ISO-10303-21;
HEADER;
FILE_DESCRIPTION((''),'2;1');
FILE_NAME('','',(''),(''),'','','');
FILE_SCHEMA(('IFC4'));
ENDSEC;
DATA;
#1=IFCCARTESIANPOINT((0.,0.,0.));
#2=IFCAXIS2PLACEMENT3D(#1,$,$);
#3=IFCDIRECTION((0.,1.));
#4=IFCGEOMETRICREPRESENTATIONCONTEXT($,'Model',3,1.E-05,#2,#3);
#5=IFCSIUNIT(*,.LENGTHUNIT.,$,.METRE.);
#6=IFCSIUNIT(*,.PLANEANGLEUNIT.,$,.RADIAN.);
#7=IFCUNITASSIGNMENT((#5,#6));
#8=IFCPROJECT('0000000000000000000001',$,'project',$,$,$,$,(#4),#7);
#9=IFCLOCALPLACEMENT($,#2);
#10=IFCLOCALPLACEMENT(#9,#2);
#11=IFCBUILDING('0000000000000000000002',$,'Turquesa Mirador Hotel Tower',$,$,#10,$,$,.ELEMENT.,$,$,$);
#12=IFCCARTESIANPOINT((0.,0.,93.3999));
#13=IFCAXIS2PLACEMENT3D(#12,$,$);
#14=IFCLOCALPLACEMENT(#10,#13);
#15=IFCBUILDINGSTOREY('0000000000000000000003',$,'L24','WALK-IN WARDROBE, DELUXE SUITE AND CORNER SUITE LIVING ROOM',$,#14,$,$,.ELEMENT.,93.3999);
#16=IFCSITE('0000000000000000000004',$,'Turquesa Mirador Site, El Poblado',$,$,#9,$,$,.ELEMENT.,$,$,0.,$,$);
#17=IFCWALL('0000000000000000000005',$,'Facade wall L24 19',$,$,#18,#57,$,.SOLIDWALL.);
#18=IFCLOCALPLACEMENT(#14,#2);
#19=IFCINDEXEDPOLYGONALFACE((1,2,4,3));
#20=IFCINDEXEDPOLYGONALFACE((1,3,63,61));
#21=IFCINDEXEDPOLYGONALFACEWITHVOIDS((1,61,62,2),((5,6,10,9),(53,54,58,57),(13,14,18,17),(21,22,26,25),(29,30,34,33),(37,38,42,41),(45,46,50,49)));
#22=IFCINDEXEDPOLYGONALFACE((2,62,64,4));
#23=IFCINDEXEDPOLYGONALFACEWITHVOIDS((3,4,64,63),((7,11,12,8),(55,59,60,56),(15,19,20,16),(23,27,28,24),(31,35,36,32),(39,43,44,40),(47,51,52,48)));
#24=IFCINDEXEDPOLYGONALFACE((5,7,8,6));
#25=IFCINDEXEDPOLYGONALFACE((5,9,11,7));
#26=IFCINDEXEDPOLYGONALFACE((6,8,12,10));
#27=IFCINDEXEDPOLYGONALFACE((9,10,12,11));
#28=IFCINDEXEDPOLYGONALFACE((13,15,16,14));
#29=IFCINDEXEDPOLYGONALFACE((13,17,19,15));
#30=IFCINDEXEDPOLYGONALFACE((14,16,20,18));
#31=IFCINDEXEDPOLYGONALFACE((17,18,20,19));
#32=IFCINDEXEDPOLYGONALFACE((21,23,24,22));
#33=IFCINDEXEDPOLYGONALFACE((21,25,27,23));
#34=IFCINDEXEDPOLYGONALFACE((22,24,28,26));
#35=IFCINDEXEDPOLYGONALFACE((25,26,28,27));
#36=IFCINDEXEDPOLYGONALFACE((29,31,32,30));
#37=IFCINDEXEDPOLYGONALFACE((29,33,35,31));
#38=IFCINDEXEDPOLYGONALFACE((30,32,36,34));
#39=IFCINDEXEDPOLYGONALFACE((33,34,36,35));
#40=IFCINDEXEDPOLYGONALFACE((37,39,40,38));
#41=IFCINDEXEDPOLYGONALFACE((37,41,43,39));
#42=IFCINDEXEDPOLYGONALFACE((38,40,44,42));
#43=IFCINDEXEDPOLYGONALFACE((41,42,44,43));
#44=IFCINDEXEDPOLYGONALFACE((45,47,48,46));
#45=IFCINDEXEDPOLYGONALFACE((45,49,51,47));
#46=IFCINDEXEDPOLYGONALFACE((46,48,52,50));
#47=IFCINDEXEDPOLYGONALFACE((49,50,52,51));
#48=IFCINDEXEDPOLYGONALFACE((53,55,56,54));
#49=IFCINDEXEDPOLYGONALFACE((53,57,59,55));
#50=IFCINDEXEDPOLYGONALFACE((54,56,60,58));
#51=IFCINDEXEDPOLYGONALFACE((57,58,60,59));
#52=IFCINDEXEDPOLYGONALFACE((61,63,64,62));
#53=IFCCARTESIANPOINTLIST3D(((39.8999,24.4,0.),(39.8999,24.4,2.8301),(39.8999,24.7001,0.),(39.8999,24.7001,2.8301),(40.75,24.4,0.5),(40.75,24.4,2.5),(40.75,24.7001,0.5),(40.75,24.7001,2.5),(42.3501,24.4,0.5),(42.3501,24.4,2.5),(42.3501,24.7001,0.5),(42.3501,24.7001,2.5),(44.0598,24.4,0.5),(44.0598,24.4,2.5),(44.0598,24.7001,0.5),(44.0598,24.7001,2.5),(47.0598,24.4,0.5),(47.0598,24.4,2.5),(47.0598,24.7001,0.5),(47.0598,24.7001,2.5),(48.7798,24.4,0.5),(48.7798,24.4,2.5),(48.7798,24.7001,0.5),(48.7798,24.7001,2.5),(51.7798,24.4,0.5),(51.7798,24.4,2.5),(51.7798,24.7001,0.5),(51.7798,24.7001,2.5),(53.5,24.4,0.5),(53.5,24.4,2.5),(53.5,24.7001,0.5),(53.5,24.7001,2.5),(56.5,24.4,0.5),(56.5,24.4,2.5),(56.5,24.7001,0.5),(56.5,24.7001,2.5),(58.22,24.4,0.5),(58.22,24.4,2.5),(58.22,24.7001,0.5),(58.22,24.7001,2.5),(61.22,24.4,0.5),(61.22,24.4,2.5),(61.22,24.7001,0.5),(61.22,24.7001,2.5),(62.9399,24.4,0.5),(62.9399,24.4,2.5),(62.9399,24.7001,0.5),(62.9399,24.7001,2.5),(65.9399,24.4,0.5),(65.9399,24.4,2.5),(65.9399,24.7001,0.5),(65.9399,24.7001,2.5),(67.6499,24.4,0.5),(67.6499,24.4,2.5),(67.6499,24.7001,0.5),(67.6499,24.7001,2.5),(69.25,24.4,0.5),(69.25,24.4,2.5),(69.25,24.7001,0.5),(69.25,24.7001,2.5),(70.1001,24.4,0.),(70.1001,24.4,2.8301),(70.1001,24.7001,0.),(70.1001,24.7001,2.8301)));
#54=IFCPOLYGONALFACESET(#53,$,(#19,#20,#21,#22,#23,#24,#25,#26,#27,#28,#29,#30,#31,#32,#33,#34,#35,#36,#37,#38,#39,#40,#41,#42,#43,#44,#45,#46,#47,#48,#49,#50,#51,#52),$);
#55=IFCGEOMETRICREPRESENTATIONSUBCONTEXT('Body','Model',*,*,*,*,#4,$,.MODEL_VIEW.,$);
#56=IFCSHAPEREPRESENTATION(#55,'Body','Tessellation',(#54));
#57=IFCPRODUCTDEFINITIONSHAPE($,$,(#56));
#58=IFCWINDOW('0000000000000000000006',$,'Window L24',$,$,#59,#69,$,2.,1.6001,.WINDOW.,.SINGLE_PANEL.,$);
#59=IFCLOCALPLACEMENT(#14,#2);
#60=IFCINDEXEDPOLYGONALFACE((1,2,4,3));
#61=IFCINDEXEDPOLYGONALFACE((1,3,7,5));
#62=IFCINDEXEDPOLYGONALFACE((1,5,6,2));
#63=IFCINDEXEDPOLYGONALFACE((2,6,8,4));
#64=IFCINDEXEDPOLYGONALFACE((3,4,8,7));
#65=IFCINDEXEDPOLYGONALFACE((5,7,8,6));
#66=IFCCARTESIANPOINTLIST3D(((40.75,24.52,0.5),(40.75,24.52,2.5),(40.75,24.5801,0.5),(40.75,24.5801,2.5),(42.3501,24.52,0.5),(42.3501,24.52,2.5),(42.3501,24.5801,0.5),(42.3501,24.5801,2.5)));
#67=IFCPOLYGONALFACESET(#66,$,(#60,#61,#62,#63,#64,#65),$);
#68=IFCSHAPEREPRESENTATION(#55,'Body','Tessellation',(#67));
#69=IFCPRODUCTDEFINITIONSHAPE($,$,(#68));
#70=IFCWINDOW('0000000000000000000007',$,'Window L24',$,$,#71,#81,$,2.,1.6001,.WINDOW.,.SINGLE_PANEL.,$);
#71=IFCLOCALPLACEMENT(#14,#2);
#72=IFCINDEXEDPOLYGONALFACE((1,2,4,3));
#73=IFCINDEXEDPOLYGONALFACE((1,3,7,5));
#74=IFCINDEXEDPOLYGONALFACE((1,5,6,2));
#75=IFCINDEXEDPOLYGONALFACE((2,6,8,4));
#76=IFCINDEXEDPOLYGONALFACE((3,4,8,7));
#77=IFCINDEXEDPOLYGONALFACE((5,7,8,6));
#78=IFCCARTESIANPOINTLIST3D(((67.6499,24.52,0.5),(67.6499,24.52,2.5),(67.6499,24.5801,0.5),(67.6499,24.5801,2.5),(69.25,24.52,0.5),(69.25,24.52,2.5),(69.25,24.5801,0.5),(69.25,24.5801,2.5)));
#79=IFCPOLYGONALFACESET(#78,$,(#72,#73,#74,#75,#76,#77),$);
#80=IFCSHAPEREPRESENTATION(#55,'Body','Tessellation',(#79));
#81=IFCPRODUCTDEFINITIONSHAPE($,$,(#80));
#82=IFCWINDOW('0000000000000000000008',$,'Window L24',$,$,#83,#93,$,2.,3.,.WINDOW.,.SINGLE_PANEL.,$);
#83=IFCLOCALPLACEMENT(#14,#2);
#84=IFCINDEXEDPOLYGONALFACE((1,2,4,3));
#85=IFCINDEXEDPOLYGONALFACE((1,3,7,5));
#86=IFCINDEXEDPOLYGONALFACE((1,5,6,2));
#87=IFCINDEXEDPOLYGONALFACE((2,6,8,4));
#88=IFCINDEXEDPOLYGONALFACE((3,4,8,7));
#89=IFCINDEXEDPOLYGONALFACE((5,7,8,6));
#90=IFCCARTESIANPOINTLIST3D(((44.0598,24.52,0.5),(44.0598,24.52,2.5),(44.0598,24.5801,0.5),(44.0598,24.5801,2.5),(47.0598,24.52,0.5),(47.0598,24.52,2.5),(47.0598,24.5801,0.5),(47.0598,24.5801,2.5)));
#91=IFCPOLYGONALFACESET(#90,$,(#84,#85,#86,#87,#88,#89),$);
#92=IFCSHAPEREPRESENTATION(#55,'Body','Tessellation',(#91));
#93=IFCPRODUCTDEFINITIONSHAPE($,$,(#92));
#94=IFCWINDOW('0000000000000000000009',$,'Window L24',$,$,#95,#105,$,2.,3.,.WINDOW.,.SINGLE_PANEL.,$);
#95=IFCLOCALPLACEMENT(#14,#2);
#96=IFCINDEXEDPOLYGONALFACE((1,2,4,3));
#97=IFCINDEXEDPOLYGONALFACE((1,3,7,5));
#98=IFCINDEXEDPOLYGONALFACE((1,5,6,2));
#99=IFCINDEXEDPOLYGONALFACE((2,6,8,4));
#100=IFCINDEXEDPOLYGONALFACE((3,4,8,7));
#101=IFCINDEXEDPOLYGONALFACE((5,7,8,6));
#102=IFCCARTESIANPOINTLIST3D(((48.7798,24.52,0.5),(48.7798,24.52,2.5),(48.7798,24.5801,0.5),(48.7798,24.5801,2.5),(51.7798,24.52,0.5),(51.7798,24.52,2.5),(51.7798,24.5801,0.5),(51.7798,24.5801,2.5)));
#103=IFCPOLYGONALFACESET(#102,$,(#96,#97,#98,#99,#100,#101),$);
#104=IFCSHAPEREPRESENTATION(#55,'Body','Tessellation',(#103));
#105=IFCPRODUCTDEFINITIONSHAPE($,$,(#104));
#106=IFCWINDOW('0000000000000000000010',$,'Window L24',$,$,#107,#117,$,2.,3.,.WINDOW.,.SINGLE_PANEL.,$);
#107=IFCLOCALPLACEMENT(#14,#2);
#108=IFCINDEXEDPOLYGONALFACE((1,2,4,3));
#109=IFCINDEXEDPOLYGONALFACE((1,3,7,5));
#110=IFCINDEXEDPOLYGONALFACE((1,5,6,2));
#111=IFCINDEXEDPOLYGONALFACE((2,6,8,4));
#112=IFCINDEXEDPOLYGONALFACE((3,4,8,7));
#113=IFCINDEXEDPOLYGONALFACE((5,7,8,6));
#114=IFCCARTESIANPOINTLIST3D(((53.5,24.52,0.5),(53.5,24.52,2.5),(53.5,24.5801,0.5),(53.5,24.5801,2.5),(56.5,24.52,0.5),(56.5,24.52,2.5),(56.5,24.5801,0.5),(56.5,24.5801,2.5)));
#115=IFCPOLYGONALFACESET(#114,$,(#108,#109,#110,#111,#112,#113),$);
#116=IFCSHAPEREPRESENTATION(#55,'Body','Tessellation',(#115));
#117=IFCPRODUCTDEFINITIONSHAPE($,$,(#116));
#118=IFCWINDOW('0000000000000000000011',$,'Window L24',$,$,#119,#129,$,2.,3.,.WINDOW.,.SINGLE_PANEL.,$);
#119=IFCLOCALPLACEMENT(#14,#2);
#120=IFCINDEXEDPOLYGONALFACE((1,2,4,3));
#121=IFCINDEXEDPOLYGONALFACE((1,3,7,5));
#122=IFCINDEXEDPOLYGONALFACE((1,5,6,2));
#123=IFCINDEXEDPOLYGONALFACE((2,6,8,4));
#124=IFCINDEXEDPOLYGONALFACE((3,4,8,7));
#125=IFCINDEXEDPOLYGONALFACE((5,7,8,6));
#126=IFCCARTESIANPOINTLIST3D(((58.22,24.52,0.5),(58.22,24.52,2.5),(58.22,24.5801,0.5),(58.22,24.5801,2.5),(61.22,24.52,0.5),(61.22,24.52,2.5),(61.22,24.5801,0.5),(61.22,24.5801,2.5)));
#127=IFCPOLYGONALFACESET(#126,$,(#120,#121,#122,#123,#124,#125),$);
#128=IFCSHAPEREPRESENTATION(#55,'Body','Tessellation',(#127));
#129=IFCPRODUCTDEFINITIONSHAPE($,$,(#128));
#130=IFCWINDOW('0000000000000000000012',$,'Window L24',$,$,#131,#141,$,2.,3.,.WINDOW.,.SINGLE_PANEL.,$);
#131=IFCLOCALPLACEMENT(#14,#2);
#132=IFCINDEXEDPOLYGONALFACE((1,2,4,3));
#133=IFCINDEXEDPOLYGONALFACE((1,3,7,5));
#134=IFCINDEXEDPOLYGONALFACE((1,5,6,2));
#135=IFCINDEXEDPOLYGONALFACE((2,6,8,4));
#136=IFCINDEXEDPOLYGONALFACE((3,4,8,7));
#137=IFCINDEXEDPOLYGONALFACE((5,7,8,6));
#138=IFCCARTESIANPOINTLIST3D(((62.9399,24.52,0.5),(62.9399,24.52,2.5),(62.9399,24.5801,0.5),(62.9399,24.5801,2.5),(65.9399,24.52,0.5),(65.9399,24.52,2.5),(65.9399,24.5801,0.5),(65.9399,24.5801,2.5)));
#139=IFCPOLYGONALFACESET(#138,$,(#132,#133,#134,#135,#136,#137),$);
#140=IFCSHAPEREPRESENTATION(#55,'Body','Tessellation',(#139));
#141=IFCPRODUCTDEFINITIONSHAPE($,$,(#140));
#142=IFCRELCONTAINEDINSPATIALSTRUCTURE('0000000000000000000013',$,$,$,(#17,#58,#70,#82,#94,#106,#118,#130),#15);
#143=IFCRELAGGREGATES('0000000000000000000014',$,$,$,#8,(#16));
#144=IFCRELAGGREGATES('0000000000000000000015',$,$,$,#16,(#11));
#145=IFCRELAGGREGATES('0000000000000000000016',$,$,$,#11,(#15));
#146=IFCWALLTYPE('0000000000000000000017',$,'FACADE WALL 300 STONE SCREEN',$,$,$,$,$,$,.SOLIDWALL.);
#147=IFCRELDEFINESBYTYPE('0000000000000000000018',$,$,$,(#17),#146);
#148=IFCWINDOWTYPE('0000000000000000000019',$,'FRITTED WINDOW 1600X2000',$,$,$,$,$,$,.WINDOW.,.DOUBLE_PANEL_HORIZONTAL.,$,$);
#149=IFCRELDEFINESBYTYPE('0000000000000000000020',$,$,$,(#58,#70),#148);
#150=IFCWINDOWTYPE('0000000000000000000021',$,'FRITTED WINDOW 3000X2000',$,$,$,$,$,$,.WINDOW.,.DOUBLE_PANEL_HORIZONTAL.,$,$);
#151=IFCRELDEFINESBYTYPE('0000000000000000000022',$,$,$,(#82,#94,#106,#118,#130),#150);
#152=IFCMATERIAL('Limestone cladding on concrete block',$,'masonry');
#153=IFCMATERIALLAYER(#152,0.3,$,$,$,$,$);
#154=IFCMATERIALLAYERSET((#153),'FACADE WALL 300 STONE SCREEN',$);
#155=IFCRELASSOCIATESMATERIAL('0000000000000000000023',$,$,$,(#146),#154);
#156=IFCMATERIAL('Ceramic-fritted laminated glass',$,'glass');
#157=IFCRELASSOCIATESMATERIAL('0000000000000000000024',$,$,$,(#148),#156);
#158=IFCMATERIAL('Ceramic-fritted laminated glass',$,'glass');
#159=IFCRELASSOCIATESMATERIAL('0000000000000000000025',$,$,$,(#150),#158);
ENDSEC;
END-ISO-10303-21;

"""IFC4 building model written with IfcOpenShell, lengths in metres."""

from ifc_helpers import new_model, si_unit, direction, frame, frame_2d, origin, place, context, subcontext, project, spatial, rectangle, extrude, material, layer, layer_set, type_object, element, fill, save


model = new_model("IFC4")

# Units and contexts
model_context = context("Model", 3, precision=1e-05, world=origin(), true_north=direction((0.0, 1.0)))
body_context = subcontext(model_context, "Body", "Model", "MODEL_VIEW")
ifc_project = project(units=[si_unit("LENGTHUNIT", "METRE"), si_unit("PLANEANGLEUNIT", "RADIAN")], contexts=[model_context])

# Site, building, storey
site_placement = place(None, origin())
site = spatial("IfcSite", under=ifc_project, at=site_placement, Name="Turquesa Mirador Site, El Poblado", CompositionType="ELEMENT", RefElevation=0.0)
building_placement = place(site_placement, origin())
building = spatial("IfcBuilding", under=site, at=building_placement, Name="Turquesa Mirador Hotel Tower", CompositionType="ELEMENT")
storey_placement = place(building_placement, frame((0.0, 0.0, 93.3999)))
storey = spatial("IfcBuildingStorey", under=building, at=storey_placement, Name="L24", Description="WALK-IN WARDROBE, DELUXE SUITE AND CORNER SUITE LIVING ROOM", CompositionType="ELEMENT", Elevation=93.3999)

# Shared definitions
ifc_material_1 = material(Name="Limestone cladding on concrete block", Category="masonry")
ifc_layer_1 = layer(ifc_material_1, 0.3)
ifc_layer_set_1 = layer_set([ifc_layer_1], Name="FACADE WALL 300 STONE SCREEN")
wall_type_1 = type_object("IfcWallType", Name="FACADE WALL 300 STONE SCREEN", PredefinedType="SOLIDWALL", material=ifc_layer_set_1)

# Wall, openings, windows
wall_1_placement = place(storey_placement, frame((39.8999, 24.55, 0.0), z_axis=(0.0, 0.0, 1.0), x_axis=(1.0, 0.0, 0.0)))
wall_1 = element("IfcWall", 1, at=wall_1_placement, inside=storey, type_object=wall_type_1, Name="Facade wall L24 19", PredefinedType="SOLIDWALL", context=body_context, shape_type="SweptSolid", body=[
    extrude(rectangle(XDim=30.2002, YDim=0.3, at=frame_2d((15.1001, 0.0))), origin(), (0.0, 0.0, 1.0), 2.8301),
])
opening_1_placement = place(wall_1_placement, frame((0.8501, 0.0, 0.5)))
opening_1 = element("IfcOpeningElement", 2, at=opening_1_placement, cuts=wall_1, PredefinedType="OPENING", context=body_context, shape_type="SweptSolid", body=[
    extrude(rectangle(XDim=1.6001, YDim=2.0, at=frame_2d((0.8, 1.0))), frame((0.0, 0.1599, 0.0), z_axis=(0.0, -1.0, 0.0), x_axis=(1.0, 0.0, 0.0)), (0.0, 0.0, 1.0), 0.3201),
])
opening_2_placement = place(wall_1_placement, frame((4.1599, 0.0, 0.5)))
opening_2 = element("IfcOpeningElement", 3, at=opening_2_placement, cuts=wall_1, PredefinedType="OPENING", context=body_context, shape_type="SweptSolid", body=[
    extrude(rectangle(XDim=3.0, YDim=2.0, at=frame_2d((1.5, 1.0))), frame((0.0, 0.1599, 0.0), z_axis=(0.0, -1.0, 0.0), x_axis=(1.0, 0.0, 0.0)), (0.0, 0.0, 1.0), 0.3201),
])
opening_3_placement = place(wall_1_placement, frame((8.8799, 0.0, 0.5)))
opening_3 = element("IfcOpeningElement", 4, at=opening_3_placement, cuts=wall_1, PredefinedType="OPENING", context=body_context, shape_type="SweptSolid", body=[
    extrude(rectangle(XDim=3.0, YDim=2.0, at=frame_2d((1.5, 1.0))), frame((0.0, 0.1599, 0.0), z_axis=(0.0, -1.0, 0.0), x_axis=(1.0, 0.0, 0.0)), (0.0, 0.0, 1.0), 0.3201),
])
opening_4_placement = place(wall_1_placement, frame((13.6001, 0.0, 0.5)))
opening_4 = element("IfcOpeningElement", 5, at=opening_4_placement, cuts=wall_1, PredefinedType="OPENING", context=body_context, shape_type="SweptSolid", body=[
    extrude(rectangle(XDim=3.0, YDim=2.0, at=frame_2d((1.5, 1.0))), frame((0.0, 0.1599, 0.0), z_axis=(0.0, -1.0, 0.0), x_axis=(1.0, 0.0, 0.0)), (0.0, 0.0, 1.0), 0.3201),
])
opening_5_placement = place(wall_1_placement, frame((18.3201, 0.0, 0.5)))
opening_5 = element("IfcOpeningElement", 6, at=opening_5_placement, cuts=wall_1, PredefinedType="OPENING", context=body_context, shape_type="SweptSolid", body=[
    extrude(rectangle(XDim=3.0, YDim=2.0, at=frame_2d((1.5, 1.0))), frame((0.0, 0.1599, 0.0), z_axis=(0.0, -1.0, 0.0), x_axis=(1.0, 0.0, 0.0)), (0.0, 0.0, 1.0), 0.3201),
])
opening_6_placement = place(wall_1_placement, frame((23.04, 0.0, 0.5)))
opening_6 = element("IfcOpeningElement", 7, at=opening_6_placement, cuts=wall_1, PredefinedType="OPENING", context=body_context, shape_type="SweptSolid", body=[
    extrude(rectangle(XDim=3.0, YDim=2.0, at=frame_2d((1.5, 1.0))), frame((0.0, 0.1599, 0.0), z_axis=(0.0, -1.0, 0.0), x_axis=(1.0, 0.0, 0.0)), (0.0, 0.0, 1.0), 0.3201),
])
opening_7_placement = place(wall_1_placement, frame((27.75, 0.0, 0.5)))
opening_7 = element("IfcOpeningElement", 8, at=opening_7_placement, cuts=wall_1, PredefinedType="OPENING", context=body_context, shape_type="SweptSolid", body=[
    extrude(rectangle(XDim=1.6001, YDim=2.0, at=frame_2d((0.8, 1.0))), frame((0.0, 0.1599, 0.0), z_axis=(0.0, -1.0, 0.0), x_axis=(1.0, 0.0, 0.0)), (0.0, 0.0, 1.0), 0.3201),
])
ifc_material_2 = material(Name="Ceramic-fritted laminated glass", Category="glass")
window_type_1 = type_object("IfcWindowType", Name="FRITTED WINDOW 1600X2000", PartitioningType="DOUBLE_PANEL_HORIZONTAL", PredefinedType="WINDOW", material=ifc_material_2)
window_1_placement = place(opening_1_placement, origin())
window_1 = element("IfcWindow", 9, at=window_1_placement, inside=storey, type_object=window_type_1, Name="Window L24", OverallHeight=2.0, OverallWidth=1.6001, PartitioningType="SINGLE_PANEL", PredefinedType="WINDOW", context=body_context, shape_type="SweptSolid", body=[
    extrude(rectangle(XDim=1.6001, YDim=2.0, at=frame_2d((0.8, 1.0))), frame((0.0, 0.03, 0.0), z_axis=(0.0, -1.0, 0.0), x_axis=(1.0, 0.0, 0.0)), (0.0, 0.0, 1.0), 0.0601),
])
fill(opening_1, window_1)
window_2_placement = place(opening_7_placement, origin())
window_2 = element("IfcWindow", 10, at=window_2_placement, inside=storey, type_object=window_type_1, Name="Window L24", OverallHeight=2.0, OverallWidth=1.6001, PartitioningType="SINGLE_PANEL", PredefinedType="WINDOW", context=body_context, shape_type="SweptSolid", body=[
    extrude(rectangle(XDim=1.6001, YDim=2.0, at=frame_2d((0.8, 1.0))), frame((0.0, 0.03, 0.0), z_axis=(0.0, -1.0, 0.0), x_axis=(1.0, 0.0, 0.0)), (0.0, 0.0, 1.0), 0.0601),
])
fill(opening_7, window_2)
ifc_material_3 = material(Name="Ceramic-fritted laminated glass", Category="glass")
window_type_2 = type_object("IfcWindowType", Name="FRITTED WINDOW 3000X2000", PartitioningType="DOUBLE_PANEL_HORIZONTAL", PredefinedType="WINDOW", material=ifc_material_3)
window_3_placement = place(opening_2_placement, origin())
window_3 = element("IfcWindow", 11, at=window_3_placement, inside=storey, type_object=window_type_2, Name="Window L24", OverallHeight=2.0, OverallWidth=3.0, PartitioningType="SINGLE_PANEL", PredefinedType="WINDOW", context=body_context, shape_type="SweptSolid", body=[
    extrude(rectangle(XDim=3.0, YDim=2.0, at=frame_2d((1.5, 1.0))), frame((0.0, 0.03, 0.0), z_axis=(0.0, -1.0, 0.0), x_axis=(1.0, 0.0, 0.0)), (0.0, 0.0, 1.0), 0.0601),
])
fill(opening_2, window_3)
window_4_placement = place(opening_3_placement, origin())
window_4 = element("IfcWindow", 12, at=window_4_placement, inside=storey, type_object=window_type_2, Name="Window L24", OverallHeight=2.0, OverallWidth=3.0, PartitioningType="SINGLE_PANEL", PredefinedType="WINDOW", context=body_context, shape_type="SweptSolid", body=[
    extrude(rectangle(XDim=3.0, YDim=2.0, at=frame_2d((1.5, 1.0))), frame((0.0, 0.03, 0.0), z_axis=(0.0, -1.0, 0.0), x_axis=(1.0, 0.0, 0.0)), (0.0, 0.0, 1.0), 0.0601),
])
fill(opening_3, window_4)
window_5_placement = place(opening_4_placement, origin())
window_5 = element("IfcWindow", 13, at=window_5_placement, inside=storey, type_object=window_type_2, Name="Window L24", OverallHeight=2.0, OverallWidth=3.0, PartitioningType="SINGLE_PANEL", PredefinedType="WINDOW", context=body_context, shape_type="SweptSolid", body=[
    extrude(rectangle(XDim=3.0, YDim=2.0, at=frame_2d((1.5, 1.0))), frame((0.0, 0.03, 0.0), z_axis=(0.0, -1.0, 0.0), x_axis=(1.0, 0.0, 0.0)), (0.0, 0.0, 1.0), 0.0601),
])
fill(opening_4, window_5)
window_6_placement = place(opening_5_placement, origin())
window_6 = element("IfcWindow", 14, at=window_6_placement, inside=storey, type_object=window_type_2, Name="Window L24", OverallHeight=2.0, OverallWidth=3.0, PartitioningType="SINGLE_PANEL", PredefinedType="WINDOW", context=body_context, shape_type="SweptSolid", body=[
    extrude(rectangle(XDim=3.0, YDim=2.0, at=frame_2d((1.5, 1.0))), frame((0.0, 0.03, 0.0), z_axis=(0.0, -1.0, 0.0), x_axis=(1.0, 0.0, 0.0)), (0.0, 0.0, 1.0), 0.0601),
])
fill(opening_5, window_6)
window_7_placement = place(opening_6_placement, origin())
window_7 = element("IfcWindow", 15, at=window_7_placement, inside=storey, type_object=window_type_2, Name="Window L24", OverallHeight=2.0, OverallWidth=3.0, PartitioningType="SINGLE_PANEL", PredefinedType="WINDOW", context=body_context, shape_type="SweptSolid", body=[
    extrude(rectangle(XDim=3.0, YDim=2.0, at=frame_2d((1.5, 1.0))), frame((0.0, 0.03, 0.0), z_axis=(0.0, -1.0, 0.0), x_axis=(1.0, 0.0, 0.0)), (0.0, 0.0, 1.0), 0.0601),
])
fill(opening_6, window_7)

save(model, "model.ifc")
